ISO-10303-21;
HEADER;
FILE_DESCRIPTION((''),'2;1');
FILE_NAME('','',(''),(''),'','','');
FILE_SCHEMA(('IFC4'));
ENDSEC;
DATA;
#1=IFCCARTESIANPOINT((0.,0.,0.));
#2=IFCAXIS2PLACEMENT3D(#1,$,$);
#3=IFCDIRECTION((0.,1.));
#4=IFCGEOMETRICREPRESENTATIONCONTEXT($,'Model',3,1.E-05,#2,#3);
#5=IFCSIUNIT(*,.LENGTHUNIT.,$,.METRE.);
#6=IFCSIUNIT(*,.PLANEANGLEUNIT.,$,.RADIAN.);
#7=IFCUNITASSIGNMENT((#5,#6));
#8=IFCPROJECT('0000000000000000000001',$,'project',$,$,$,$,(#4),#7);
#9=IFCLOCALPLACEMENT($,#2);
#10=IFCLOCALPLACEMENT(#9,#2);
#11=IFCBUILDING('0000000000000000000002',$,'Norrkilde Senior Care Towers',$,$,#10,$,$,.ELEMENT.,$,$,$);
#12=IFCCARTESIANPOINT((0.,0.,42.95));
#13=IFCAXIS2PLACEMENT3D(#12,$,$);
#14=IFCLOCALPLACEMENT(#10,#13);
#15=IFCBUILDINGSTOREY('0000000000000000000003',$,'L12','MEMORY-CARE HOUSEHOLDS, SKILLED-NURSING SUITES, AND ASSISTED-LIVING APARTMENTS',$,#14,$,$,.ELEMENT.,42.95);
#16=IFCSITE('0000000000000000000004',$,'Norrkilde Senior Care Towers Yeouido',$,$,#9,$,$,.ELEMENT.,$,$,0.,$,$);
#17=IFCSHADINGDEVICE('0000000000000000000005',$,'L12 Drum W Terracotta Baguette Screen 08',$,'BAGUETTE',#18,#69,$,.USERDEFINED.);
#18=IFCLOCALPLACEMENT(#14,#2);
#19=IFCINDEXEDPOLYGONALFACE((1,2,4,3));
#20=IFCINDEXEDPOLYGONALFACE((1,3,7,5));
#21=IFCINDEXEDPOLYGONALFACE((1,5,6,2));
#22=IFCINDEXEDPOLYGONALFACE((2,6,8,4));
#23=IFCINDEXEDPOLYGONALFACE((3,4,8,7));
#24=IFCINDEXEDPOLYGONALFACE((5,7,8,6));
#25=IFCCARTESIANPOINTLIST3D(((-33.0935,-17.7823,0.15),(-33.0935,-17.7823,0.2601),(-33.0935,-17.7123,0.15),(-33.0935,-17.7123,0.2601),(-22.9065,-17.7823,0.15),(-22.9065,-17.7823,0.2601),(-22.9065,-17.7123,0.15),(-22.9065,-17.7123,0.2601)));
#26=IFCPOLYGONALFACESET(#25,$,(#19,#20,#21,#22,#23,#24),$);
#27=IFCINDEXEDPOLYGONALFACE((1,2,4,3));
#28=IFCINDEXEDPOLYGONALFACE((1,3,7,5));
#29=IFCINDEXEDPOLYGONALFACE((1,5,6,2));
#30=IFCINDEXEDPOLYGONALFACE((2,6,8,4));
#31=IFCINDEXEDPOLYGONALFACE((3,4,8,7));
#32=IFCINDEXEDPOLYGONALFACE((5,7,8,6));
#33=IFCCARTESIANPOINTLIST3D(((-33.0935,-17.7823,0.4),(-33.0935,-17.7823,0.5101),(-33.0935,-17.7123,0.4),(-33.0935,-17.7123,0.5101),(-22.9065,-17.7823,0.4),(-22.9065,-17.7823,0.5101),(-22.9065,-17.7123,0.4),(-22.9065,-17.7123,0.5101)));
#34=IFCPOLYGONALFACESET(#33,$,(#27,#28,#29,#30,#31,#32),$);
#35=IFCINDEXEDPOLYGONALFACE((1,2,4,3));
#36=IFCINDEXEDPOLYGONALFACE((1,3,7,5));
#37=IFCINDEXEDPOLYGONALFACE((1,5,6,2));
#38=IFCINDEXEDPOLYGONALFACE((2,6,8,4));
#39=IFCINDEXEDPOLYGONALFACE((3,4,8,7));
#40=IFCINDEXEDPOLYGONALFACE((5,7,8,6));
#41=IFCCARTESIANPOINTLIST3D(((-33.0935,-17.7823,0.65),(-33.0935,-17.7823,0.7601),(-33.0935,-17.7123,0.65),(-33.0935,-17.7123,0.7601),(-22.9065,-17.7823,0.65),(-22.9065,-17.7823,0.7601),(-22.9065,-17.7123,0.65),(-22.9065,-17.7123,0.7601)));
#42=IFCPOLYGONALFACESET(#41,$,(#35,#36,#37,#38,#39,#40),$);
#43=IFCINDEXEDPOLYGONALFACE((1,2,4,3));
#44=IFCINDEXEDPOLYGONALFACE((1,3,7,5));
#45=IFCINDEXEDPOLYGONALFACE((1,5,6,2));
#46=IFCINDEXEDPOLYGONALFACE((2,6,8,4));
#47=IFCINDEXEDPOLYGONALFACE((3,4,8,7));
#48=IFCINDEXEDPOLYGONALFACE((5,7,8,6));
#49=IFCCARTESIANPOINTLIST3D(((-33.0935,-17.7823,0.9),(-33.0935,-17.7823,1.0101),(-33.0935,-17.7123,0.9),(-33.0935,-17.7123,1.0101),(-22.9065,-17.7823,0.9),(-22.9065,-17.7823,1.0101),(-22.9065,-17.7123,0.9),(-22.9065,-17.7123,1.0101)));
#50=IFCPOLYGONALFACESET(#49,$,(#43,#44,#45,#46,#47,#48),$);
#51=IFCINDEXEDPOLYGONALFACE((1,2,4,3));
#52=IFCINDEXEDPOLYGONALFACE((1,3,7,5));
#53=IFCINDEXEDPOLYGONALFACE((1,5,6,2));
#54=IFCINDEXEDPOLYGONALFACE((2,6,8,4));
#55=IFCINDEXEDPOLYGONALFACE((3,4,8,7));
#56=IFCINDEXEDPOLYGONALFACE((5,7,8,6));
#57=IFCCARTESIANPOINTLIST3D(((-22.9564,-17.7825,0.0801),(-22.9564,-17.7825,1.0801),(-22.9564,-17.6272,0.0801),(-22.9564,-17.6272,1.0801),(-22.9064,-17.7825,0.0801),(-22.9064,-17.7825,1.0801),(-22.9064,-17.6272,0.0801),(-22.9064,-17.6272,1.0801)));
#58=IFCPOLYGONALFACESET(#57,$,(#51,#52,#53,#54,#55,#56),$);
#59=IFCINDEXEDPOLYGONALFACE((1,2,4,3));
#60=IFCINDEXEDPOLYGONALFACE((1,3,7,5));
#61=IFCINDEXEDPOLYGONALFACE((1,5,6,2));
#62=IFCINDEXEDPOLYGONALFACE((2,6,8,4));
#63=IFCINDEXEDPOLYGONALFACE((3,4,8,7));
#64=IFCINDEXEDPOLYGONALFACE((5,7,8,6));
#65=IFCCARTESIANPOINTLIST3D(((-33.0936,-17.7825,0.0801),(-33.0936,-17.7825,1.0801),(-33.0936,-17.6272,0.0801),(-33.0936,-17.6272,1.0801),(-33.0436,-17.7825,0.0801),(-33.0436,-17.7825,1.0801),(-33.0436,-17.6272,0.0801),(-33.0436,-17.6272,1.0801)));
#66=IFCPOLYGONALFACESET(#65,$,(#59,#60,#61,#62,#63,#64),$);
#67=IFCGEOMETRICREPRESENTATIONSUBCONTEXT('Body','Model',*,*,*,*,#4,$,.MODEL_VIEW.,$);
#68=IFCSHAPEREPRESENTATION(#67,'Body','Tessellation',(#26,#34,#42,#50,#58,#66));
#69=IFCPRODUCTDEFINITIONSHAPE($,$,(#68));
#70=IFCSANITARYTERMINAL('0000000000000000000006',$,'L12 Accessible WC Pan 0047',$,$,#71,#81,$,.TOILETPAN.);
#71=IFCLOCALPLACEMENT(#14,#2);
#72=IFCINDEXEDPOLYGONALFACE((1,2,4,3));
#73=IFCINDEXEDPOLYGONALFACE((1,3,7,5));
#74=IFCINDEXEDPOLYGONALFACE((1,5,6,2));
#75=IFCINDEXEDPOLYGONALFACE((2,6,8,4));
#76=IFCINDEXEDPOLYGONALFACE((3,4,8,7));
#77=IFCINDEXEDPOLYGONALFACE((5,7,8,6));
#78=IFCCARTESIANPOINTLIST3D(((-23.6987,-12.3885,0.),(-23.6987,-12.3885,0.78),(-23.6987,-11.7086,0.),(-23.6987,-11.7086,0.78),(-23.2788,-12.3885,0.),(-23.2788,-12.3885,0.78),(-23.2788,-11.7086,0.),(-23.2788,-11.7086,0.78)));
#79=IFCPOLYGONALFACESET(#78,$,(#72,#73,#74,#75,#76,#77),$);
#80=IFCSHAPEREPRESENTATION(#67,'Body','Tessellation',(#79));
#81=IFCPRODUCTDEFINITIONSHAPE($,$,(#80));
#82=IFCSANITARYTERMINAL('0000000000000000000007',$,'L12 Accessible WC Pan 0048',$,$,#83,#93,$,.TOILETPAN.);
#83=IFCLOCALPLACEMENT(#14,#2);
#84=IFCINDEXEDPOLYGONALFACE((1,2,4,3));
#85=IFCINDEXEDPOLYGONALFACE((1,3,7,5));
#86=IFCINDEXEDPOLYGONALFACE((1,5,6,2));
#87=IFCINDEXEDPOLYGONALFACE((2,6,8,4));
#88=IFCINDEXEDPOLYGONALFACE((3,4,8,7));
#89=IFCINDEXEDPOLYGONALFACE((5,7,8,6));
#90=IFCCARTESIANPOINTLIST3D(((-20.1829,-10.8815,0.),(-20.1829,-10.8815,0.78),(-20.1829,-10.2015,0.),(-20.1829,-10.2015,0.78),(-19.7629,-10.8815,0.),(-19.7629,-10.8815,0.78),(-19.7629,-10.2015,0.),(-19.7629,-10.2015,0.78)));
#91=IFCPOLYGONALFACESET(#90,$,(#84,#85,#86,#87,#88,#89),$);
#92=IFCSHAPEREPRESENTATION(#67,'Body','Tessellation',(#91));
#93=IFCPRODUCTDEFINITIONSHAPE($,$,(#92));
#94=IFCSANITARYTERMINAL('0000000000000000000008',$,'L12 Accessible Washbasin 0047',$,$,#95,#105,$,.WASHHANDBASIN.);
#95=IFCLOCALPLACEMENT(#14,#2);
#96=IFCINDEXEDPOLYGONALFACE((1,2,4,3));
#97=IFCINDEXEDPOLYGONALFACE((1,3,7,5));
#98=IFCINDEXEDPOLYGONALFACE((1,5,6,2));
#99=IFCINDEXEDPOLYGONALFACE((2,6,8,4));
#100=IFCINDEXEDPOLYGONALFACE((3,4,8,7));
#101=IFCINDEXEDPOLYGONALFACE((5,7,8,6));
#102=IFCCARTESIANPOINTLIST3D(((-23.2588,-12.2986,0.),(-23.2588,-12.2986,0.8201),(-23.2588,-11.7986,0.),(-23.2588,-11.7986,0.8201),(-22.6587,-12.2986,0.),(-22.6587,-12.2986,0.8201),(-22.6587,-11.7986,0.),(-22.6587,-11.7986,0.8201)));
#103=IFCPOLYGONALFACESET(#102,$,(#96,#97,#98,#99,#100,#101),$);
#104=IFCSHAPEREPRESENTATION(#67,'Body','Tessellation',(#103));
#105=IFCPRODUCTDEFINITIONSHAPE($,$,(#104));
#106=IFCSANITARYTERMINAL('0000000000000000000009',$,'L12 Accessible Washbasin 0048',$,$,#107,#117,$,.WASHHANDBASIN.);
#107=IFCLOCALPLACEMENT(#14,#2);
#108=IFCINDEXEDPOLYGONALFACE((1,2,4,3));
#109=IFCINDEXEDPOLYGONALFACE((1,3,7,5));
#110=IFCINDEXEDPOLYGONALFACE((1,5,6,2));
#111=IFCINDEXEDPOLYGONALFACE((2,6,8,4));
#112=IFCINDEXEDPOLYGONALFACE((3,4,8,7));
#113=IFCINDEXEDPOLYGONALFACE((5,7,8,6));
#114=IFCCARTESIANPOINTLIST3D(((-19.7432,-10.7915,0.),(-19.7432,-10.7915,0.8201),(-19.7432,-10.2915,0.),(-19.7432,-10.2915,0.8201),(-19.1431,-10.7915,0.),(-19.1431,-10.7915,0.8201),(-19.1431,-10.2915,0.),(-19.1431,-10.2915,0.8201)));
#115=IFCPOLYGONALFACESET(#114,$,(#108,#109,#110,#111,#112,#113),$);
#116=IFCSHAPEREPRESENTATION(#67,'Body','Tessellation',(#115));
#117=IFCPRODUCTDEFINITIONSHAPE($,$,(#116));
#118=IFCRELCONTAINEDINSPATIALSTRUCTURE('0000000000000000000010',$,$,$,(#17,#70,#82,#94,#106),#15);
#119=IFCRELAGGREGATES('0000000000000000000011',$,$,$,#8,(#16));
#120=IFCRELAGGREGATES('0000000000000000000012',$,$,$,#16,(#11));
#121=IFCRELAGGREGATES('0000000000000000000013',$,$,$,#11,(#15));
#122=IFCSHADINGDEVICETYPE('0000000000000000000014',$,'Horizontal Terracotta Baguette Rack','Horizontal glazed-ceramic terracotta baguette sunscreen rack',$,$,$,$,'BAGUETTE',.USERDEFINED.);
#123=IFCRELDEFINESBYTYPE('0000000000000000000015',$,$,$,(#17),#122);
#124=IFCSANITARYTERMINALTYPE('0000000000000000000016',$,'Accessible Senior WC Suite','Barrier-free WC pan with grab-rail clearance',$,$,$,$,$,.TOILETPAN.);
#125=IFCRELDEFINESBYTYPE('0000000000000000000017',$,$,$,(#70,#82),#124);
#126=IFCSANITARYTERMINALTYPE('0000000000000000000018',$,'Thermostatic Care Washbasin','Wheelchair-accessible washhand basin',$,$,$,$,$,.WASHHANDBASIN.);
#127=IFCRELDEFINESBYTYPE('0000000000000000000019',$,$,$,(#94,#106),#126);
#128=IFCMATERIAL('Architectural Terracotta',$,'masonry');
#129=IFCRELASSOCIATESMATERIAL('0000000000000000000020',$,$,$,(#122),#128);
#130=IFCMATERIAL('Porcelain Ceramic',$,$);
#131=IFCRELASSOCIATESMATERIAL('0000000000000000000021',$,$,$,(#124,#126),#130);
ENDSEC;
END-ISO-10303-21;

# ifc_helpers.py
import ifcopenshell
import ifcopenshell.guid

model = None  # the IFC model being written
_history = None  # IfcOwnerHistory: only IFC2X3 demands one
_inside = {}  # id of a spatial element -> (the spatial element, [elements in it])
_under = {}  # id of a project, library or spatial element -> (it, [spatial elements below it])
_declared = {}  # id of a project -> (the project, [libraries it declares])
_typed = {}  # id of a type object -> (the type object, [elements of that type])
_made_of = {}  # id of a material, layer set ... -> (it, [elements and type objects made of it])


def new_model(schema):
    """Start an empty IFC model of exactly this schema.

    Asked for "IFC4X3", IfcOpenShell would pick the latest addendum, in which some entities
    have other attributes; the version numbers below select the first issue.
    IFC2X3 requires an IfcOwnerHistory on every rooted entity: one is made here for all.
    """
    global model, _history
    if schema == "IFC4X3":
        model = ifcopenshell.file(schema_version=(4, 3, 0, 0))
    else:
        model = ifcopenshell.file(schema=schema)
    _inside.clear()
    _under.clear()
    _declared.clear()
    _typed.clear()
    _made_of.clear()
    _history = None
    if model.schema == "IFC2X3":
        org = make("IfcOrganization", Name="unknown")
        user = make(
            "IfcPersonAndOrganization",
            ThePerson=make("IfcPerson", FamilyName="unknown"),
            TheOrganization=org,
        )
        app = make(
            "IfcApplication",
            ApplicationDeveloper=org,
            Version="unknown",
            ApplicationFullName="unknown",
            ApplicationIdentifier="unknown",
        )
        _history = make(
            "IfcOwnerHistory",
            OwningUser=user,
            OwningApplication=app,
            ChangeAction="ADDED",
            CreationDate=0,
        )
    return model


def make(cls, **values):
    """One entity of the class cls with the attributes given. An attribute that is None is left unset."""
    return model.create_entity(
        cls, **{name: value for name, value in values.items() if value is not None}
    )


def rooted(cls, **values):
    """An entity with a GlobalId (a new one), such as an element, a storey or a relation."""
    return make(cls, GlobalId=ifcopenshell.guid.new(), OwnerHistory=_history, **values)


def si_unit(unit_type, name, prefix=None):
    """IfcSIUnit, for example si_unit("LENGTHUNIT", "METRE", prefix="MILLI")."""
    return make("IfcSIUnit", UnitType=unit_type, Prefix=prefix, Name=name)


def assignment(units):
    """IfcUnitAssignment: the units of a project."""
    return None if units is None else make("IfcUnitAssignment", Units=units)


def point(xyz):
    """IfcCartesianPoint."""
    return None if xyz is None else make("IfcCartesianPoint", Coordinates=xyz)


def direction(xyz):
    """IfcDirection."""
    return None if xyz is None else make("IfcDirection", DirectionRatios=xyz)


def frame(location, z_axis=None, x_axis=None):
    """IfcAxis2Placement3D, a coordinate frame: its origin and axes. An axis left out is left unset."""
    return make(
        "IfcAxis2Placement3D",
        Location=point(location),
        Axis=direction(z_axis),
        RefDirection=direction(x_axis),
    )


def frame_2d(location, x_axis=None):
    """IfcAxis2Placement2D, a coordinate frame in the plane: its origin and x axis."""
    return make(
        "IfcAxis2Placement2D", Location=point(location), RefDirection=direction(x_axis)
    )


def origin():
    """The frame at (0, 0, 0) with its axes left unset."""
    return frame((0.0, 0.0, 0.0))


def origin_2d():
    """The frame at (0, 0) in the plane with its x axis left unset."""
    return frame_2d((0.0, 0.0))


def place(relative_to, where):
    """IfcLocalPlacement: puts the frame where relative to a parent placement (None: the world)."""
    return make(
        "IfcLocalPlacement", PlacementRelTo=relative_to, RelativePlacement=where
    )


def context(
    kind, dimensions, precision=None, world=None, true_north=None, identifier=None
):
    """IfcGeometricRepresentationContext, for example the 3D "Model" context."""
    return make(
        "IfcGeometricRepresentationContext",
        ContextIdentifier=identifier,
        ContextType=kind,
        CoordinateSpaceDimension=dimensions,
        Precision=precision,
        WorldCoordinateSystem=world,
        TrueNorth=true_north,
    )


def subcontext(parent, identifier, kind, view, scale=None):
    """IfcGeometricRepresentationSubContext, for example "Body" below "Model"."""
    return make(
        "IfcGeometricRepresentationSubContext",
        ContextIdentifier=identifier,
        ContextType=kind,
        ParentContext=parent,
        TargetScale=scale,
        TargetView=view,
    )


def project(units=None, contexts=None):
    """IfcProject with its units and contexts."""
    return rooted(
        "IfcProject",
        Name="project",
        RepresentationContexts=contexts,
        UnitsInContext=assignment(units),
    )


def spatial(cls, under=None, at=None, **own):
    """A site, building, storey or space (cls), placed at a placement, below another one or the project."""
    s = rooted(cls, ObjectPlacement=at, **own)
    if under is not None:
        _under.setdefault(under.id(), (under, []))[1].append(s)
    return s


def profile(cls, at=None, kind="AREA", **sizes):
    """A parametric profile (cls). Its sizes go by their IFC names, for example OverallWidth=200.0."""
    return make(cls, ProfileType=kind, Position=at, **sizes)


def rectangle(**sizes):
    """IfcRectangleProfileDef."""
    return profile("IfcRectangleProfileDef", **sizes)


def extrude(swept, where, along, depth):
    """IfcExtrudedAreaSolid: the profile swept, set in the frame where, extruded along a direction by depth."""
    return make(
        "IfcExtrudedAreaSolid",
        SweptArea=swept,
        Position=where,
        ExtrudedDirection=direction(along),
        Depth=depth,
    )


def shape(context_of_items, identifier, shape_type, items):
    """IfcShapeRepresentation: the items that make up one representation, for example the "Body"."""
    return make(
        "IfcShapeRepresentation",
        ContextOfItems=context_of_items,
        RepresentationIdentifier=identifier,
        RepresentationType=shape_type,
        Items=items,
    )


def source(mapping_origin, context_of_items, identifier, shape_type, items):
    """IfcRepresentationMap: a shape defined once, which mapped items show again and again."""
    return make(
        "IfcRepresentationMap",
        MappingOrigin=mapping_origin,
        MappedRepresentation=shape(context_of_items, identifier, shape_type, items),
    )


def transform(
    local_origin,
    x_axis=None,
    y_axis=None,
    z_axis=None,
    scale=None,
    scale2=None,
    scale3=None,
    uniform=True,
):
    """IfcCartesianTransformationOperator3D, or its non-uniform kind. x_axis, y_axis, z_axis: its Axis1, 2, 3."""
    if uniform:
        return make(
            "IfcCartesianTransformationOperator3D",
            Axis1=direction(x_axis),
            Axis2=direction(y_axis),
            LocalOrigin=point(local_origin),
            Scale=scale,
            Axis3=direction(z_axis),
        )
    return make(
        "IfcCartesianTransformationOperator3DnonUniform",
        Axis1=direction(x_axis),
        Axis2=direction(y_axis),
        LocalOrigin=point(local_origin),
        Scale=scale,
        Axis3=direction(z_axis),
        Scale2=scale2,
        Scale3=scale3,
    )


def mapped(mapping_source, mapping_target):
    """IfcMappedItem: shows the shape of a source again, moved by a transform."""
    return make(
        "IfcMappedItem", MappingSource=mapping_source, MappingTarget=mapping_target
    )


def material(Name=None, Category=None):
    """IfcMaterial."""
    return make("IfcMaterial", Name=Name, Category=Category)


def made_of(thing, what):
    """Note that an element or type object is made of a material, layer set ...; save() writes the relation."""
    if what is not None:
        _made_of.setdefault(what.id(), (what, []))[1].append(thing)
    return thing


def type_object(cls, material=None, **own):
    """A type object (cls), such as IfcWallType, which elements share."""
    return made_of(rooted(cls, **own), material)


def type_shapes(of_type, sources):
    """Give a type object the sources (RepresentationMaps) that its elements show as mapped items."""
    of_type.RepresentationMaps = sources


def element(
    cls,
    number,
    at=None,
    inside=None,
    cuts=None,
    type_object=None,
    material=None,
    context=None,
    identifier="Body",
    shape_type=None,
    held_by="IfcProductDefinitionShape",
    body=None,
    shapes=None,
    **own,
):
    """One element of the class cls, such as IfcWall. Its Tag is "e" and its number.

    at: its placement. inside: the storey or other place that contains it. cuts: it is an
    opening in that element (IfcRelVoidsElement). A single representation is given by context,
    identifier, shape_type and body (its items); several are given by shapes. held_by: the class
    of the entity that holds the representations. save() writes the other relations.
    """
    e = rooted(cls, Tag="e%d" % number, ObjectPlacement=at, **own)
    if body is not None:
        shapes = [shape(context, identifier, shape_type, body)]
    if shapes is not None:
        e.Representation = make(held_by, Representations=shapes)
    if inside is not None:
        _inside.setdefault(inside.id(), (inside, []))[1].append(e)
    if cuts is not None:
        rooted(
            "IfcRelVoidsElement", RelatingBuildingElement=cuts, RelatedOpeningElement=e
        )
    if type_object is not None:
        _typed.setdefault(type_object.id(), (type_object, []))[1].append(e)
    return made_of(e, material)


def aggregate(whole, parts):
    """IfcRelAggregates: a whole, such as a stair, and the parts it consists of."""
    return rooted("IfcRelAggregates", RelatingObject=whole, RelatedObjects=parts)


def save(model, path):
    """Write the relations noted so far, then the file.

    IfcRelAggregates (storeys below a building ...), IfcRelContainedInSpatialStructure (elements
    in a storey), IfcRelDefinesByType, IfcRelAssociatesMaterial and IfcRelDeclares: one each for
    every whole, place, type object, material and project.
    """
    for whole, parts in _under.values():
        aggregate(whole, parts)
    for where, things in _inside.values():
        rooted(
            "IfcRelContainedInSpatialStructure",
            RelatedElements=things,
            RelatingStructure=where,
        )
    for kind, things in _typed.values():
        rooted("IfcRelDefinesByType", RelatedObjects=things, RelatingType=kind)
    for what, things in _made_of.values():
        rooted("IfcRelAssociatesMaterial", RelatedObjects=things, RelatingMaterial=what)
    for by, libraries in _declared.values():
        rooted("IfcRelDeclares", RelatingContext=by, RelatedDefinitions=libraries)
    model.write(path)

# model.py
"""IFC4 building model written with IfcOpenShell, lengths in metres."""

from ifc_helpers import new_model, si_unit, direction, frame, origin, origin_2d, place, context, subcontext, project, spatial, rectangle, extrude, source, transform, mapped, material, type_object, type_shapes, element, save


model = new_model("IFC4")

# Units and contexts
model_context = context("Model", 3, precision=1e-05, world=origin(), true_north=direction((0.0, 1.0)))
body_context = subcontext(model_context, "Body", "Model", "MODEL_VIEW")
ifc_project = project(units=[si_unit("LENGTHUNIT", "METRE"), si_unit("PLANEANGLEUNIT", "RADIAN")], contexts=[model_context])

# Site, building, storey
site_placement = place(None, origin())
site = spatial("IfcSite", under=ifc_project, at=site_placement, Name="Norrkilde Senior Care Towers Yeouido", CompositionType="ELEMENT", RefElevation=0.0)
building_placement = place(site_placement, origin())
building = spatial("IfcBuilding", under=site, at=building_placement, Name="Norrkilde Senior Care Towers", CompositionType="ELEMENT")
storey_placement = place(building_placement, frame((0.0, 0.0, 42.95)))
storey = spatial("IfcBuildingStorey", under=building, at=storey_placement, Name="L12", Description="MEMORY-CARE HOUSEHOLDS, SKILLED-NURSING SUITES, AND ASSISTED-LIVING APARTMENTS", CompositionType="ELEMENT", Elevation=42.95)

# Shading device
ifc_material_1 = material(Name="Architectural Terracotta", Category="masonry")
shading_device_type = type_object("IfcShadingDeviceType", Name="Horizontal Terracotta Baguette Rack", Description="Horizontal glazed-ceramic terracotta baguette sunscreen rack", ElementType="BAGUETTE", PredefinedType="USERDEFINED", material=ifc_material_1)
shared_shape_1 = source(origin(), body_context, "Body", "SweptSolid", [
    extrude(rectangle(XDim=0.0701, YDim=0.1101, at=origin_2d()), frame((0.0, 0.0901, 0.125), z_axis=(1.0, 0.0, 0.0), x_axis=(0.0, 1.0, 0.0)), (0.0, 0.0, 1.0), 10.187),
    extrude(rectangle(XDim=0.0701, YDim=0.1101, at=origin_2d()), frame((0.0, 0.0901, 0.375), z_axis=(1.0, 0.0, 0.0), x_axis=(0.0, 1.0, 0.0)), (0.0, 0.0, 1.0), 10.187),
    extrude(rectangle(XDim=0.0701, YDim=0.1101, at=origin_2d()), frame((0.0, 0.0901, 0.625), z_axis=(1.0, 0.0, 0.0), x_axis=(0.0, 1.0, 0.0)), (0.0, 0.0, 1.0), 10.187),
    extrude(rectangle(XDim=0.0701, YDim=0.1101, at=origin_2d()), frame((0.0, 0.0901, 0.875), z_axis=(1.0, 0.0, 0.0), x_axis=(0.0, 1.0, 0.0)), (0.0, 0.0, 1.0), 10.187),
    extrude(rectangle(XDim=0.05, YDim=0.1553, at=origin_2d()), frame((0.0249, 0.0476, 0.0)), (0.0, 0.0, 1.0), 1.0),
    extrude(rectangle(XDim=0.05, YDim=0.1553, at=origin_2d()), frame((10.1621, 0.0476, 0.0)), (0.0, 0.0, 1.0), 1.0),
])
type_shapes(shading_device_type, [shared_shape_1])
shading_device_placement = place(storey_placement, frame((-22.9065, -17.6572, 0.0801), z_axis=(0.0, 0.0, 1.0), x_axis=(-1.0, 0.0, 0.0)))
element("IfcShadingDevice", 1, at=shading_device_placement, inside=storey, type_object=shading_device_type, Name="L12 Drum W Terracotta Baguette Screen 08", ObjectType="BAGUETTE", PredefinedType="USERDEFINED", context=body_context, shape_type="MappedRepresentation", body=[
    mapped(shared_shape_1, transform((0.0, 0.0, 0.0), x_axis=(1.0, 0.0, 0.0), y_axis=(0.0, 1.0, 0.0), z_axis=(0.0, 0.0, 1.0), scale=1.0)),
])

# Sanitary terminals
ifc_material_2 = material(Name="Porcelain Ceramic")
sanitary_terminal_type_1 = type_object("IfcSanitaryTerminalType", Name="Accessible Senior WC Suite", Description="Barrier-free WC pan with grab-rail clearance", PredefinedType="TOILETPAN", material=ifc_material_2)
shared_shape_2 = source(origin(), body_context, "Body", "SweptSolid", [
    extrude(rectangle(XDim=0.4199, YDim=0.6799, at=origin_2d()), origin(), (0.0, 0.0, 1.0), 0.78),
])
type_shapes(sanitary_terminal_type_1, [shared_shape_2])
for number, where, z_axis, x_axis, name in (
    (2, (-23.4888, -12.0486, 0.0), (0.0, 0.0, 1.0), (1.0, 0.0, 0.0), "L12 Accessible WC Pan 0047"),
    (3, (-19.9729, -10.5415, 0.0), (0.0, 0.0, 1.0), (1.0, 0.0, 0.0), "L12 Accessible WC Pan 0048"),
):
    element("IfcSanitaryTerminal", number, at=place(storey_placement, frame(where, z_axis=z_axis, x_axis=x_axis)), inside=storey, type_object=sanitary_terminal_type_1, Name=name, PredefinedType="TOILETPAN", context=body_context, shape_type="MappedRepresentation", body=[
        mapped(shared_shape_2, transform((0.0, 0.0, 0.0), x_axis=(1.0, 0.0, 0.0), y_axis=(0.0, 1.0, 0.0), z_axis=(0.0, 0.0, 1.0), scale=1.0)),
    ])
sanitary_terminal_type_2 = type_object("IfcSanitaryTerminalType", Name="Thermostatic Care Washbasin", Description="Wheelchair-accessible washhand basin", PredefinedType="WASHHANDBASIN", material=ifc_material_2)
shared_shape_3 = source(origin(), body_context, "Body", "SweptSolid", [
    extrude(rectangle(XDim=0.6001, YDim=0.5, at=origin_2d()), origin(), (0.0, 0.0, 1.0), 0.8201),
])
type_shapes(sanitary_terminal_type_2, [shared_shape_3])
for number, where, z_axis, x_axis, name in (
    (4, (-22.9587, -12.0486, 0.0), (0.0, 0.0, 1.0), (1.0, 0.0, 0.0), "L12 Accessible Washbasin 0047"),
    (5, (-19.4431, -10.5415, 0.0), (0.0, 0.0, 1.0), (1.0, 0.0, 0.0), "L12 Accessible Washbasin 0048"),
):
    element("IfcSanitaryTerminal", number, at=place(storey_placement, frame(where, z_axis=z_axis, x_axis=x_axis)), inside=storey, type_object=sanitary_terminal_type_2, Name=name, PredefinedType="WASHHANDBASIN", context=body_context, shape_type="MappedRepresentation", body=[
        mapped(shared_shape_3, transform((0.0, 0.0, 0.0), x_axis=(1.0, 0.0, 0.0), y_axis=(0.0, 1.0, 0.0), z_axis=(0.0, 0.0, 1.0), scale=1.0)),
    ])

save(model, "model.ifc")
